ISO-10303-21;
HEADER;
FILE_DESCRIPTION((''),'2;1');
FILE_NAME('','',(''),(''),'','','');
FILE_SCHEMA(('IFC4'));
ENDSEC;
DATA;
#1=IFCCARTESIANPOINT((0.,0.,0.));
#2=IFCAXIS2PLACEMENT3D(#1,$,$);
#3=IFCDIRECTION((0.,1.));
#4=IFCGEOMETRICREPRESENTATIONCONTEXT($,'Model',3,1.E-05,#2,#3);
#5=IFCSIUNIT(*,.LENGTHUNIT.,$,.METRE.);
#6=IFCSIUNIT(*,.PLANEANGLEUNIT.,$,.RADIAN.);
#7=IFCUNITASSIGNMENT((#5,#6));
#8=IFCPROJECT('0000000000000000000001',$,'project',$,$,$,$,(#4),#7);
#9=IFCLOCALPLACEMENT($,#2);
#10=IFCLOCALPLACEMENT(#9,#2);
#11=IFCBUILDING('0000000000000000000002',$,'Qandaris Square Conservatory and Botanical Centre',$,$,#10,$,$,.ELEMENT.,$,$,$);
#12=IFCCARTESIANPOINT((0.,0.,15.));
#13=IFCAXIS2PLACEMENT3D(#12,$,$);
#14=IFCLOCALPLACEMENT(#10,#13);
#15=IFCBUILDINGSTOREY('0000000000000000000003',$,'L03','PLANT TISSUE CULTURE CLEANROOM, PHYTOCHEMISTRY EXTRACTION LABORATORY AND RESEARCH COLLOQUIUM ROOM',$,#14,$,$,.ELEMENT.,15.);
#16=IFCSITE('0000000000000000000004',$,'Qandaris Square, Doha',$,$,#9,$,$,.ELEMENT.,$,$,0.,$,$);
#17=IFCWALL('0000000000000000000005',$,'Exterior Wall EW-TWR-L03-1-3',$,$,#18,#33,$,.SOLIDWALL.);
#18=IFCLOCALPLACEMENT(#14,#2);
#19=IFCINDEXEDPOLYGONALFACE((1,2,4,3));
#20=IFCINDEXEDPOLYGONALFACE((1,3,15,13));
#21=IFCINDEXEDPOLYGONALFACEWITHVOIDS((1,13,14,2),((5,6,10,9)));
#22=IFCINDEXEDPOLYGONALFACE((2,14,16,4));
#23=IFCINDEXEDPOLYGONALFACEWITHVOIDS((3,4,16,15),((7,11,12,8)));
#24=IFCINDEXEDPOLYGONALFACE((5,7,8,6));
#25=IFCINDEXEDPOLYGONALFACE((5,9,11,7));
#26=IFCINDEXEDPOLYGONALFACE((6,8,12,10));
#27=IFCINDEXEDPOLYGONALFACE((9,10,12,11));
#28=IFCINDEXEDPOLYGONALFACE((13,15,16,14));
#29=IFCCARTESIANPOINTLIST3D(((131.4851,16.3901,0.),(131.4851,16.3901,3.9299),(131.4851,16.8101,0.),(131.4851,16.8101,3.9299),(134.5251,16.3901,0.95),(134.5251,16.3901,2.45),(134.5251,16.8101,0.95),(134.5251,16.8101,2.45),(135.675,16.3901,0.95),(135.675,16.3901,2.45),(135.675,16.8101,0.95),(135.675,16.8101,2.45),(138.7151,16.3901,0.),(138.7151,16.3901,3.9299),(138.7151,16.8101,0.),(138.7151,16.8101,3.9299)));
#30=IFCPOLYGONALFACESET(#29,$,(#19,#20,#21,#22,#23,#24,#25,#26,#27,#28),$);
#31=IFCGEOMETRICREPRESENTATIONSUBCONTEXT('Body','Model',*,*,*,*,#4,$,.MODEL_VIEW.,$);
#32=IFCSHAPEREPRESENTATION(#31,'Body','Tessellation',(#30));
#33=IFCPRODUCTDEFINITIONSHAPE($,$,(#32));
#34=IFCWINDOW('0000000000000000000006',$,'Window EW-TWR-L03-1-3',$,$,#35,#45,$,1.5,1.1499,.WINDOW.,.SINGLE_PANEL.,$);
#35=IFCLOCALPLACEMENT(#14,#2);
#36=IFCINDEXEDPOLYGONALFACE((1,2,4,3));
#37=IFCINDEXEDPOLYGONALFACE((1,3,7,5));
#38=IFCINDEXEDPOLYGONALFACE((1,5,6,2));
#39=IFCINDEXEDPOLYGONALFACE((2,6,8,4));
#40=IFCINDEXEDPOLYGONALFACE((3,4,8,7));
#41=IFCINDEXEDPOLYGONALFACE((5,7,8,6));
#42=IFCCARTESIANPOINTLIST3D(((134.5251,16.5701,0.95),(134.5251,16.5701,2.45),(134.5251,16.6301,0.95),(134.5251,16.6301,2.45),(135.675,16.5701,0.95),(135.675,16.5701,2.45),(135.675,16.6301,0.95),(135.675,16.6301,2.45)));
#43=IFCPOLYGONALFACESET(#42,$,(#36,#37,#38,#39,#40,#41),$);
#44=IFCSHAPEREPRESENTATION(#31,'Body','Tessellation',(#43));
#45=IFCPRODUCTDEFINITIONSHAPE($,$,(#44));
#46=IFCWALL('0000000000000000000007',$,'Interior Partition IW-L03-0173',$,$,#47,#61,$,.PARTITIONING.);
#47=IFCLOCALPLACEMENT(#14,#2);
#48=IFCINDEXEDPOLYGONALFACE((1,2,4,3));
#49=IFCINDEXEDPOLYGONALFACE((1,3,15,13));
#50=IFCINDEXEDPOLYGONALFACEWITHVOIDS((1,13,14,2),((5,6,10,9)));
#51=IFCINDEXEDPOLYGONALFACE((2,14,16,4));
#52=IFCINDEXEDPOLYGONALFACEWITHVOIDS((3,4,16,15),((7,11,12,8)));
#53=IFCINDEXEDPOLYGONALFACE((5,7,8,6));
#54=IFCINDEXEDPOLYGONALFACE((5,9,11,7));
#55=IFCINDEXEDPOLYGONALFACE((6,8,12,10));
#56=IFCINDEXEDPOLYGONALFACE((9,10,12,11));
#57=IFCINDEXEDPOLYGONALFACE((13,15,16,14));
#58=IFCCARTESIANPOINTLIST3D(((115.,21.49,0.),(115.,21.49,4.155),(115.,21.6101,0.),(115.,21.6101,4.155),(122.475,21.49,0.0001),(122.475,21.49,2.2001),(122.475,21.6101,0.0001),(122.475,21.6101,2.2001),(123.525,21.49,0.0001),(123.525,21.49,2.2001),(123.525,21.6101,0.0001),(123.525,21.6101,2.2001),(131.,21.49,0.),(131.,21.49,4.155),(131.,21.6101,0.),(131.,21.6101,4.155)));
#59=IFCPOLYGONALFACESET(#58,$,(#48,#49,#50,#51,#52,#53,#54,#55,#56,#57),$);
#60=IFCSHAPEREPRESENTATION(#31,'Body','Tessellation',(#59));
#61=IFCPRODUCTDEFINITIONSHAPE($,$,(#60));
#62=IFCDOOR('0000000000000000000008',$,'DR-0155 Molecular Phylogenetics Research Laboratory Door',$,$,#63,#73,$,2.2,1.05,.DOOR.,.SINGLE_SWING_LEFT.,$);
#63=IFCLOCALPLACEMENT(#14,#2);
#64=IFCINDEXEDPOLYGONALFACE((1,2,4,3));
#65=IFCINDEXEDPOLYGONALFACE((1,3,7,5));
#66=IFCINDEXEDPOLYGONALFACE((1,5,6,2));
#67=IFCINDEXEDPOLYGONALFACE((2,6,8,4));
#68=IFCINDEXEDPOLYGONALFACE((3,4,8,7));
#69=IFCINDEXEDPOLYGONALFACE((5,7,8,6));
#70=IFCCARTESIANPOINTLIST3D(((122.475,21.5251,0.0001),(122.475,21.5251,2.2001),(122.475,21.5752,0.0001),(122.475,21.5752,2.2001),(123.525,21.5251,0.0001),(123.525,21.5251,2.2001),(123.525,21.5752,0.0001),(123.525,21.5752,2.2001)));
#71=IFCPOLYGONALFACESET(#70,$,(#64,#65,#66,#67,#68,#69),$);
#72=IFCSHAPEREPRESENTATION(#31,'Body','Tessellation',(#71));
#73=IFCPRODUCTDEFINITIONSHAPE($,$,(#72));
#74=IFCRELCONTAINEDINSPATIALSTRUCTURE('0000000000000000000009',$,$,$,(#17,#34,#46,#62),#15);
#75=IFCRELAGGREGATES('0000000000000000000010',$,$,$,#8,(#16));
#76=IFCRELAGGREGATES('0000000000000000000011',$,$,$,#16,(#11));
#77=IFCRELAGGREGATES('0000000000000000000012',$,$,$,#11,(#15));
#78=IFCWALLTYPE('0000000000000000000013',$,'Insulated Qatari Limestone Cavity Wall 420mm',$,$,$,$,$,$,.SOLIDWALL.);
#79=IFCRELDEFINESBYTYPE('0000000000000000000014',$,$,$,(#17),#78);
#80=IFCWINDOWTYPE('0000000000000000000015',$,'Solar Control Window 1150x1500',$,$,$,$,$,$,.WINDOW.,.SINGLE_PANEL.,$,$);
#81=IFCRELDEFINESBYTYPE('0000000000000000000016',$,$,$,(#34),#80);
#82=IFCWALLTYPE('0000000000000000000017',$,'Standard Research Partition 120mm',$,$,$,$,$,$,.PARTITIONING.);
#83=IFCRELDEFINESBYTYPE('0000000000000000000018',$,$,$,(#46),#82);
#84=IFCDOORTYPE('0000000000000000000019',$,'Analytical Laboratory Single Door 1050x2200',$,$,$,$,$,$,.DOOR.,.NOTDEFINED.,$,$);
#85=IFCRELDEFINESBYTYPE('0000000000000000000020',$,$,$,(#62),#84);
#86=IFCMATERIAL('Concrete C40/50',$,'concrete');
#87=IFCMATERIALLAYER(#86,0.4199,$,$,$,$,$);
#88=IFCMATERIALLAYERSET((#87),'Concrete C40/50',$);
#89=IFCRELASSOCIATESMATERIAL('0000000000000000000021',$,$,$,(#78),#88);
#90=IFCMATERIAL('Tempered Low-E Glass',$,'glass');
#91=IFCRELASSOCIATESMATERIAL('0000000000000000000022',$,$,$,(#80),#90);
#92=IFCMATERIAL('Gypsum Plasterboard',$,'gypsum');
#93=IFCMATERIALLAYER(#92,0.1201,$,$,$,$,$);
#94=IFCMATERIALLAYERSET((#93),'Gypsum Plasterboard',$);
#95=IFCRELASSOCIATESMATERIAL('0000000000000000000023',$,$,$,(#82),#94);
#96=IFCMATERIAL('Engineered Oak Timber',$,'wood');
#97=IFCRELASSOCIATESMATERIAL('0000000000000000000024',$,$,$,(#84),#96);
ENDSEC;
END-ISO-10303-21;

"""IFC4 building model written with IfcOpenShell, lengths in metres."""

from ifc_helpers import new_model, si_unit, direction, frame, frame_2d, origin, place, context, subcontext, project, spatial, rectangle, extrude, material, layer, layer_set, type_object, element, fill, save


model = new_model("IFC4")

# Units and contexts
model_context = context("Model", 3, precision=1e-05, world=origin(), true_north=direction((0.0, 1.0)))
body_context = subcontext(model_context, "Body", "Model", "MODEL_VIEW")
ifc_project = project(units=[si_unit("LENGTHUNIT", "METRE"), si_unit("PLANEANGLEUNIT", "RADIAN")], contexts=[model_context])

# Site, building, storey
site_placement = place(None, origin())
site = spatial("IfcSite", under=ifc_project, at=site_placement, Name="Qandaris Square, Doha", CompositionType="ELEMENT", RefElevation=0.0)
building_placement = place(site_placement, origin())
building = spatial("IfcBuilding", under=site, at=building_placement, Name="Qandaris Square Conservatory and Botanical Centre", CompositionType="ELEMENT")
storey_placement = place(building_placement, frame((0.0, 0.0, 15.0)))
storey = spatial("IfcBuildingStorey", under=building, at=storey_placement, Name="L03", Description="PLANT TISSUE CULTURE CLEANROOM, PHYTOCHEMISTRY EXTRACTION LABORATORY AND RESEARCH COLLOQUIUM ROOM", CompositionType="ELEMENT", Elevation=15.0)

# Shared definitions
ifc_material_1 = material(Name="Gypsum Plasterboard", Category="gypsum")

# Wall, opening, window
ifc_material_2 = material(Name="Concrete C40/50", Category="concrete")
ifc_layer_1 = layer(ifc_material_2, 0.4199)
ifc_layer_set_1 = layer_set([ifc_layer_1], Name="Concrete C40/50")
wall_type_1 = type_object("IfcWallType", Name="Insulated Qatari Limestone Cavity Wall 420mm", PredefinedType="SOLIDWALL", material=ifc_layer_set_1)
wall_1_placement = place(storey_placement, frame((131.4851, 16.6001, 0.0), z_axis=(0.0, 0.0, 1.0), x_axis=(1.0, 0.0, 0.0)))
wall_1 = element("IfcWall", 1, at=wall_1_placement, inside=storey, type_object=wall_type_1, Name="Exterior Wall EW-TWR-L03-1-3", PredefinedType="SOLIDWALL", context=body_context, shape_type="SweptSolid", body=[
    extrude(rectangle(XDim=7.23, YDim=0.4199, at=frame_2d((3.615, 0.0))), origin(), (0.0, 0.0, 1.0), 3.9299),
])
opening_1_placement = place(wall_1_placement, frame((3.04, 0.0, 0.95)))
opening_1 = element("IfcOpeningElement", 2, at=opening_1_placement, cuts=wall_1, PredefinedType="OPENING", context=body_context, shape_type="SweptSolid", body=[
    extrude(rectangle(XDim=1.1499, YDim=1.5, at=frame_2d((0.575, 0.75))), frame((0.0, 0.2219, 0.0), z_axis=(0.0, -1.0, 0.0), x_axis=(1.0, 0.0, 0.0)), (0.0, 0.0, 1.0), 0.4438),
])
ifc_material_3 = material(Name="Tempered Low-E Glass", Category="glass")
window_type = type_object("IfcWindowType", Name="Solar Control Window 1150x1500", PartitioningType="SINGLE_PANEL", PredefinedType="WINDOW", material=ifc_material_3)
window_placement = place(opening_1_placement, origin())
window = element("IfcWindow", 3, at=window_placement, inside=storey, type_object=window_type, Name="Window EW-TWR-L03-1-3", OverallHeight=1.5, OverallWidth=1.1499, PartitioningType="SINGLE_PANEL", PredefinedType="WINDOW", context=body_context, shape_type="SweptSolid", body=[
    extrude(rectangle(XDim=1.1499, YDim=1.5, at=frame_2d((0.575, 0.75))), frame((0.0, 0.03, 0.0), z_axis=(0.0, -1.0, 0.0), x_axis=(1.0, 0.0, 0.0)), (0.0, 0.0, 1.0), 0.0601),
])
fill(opening_1, window)

# Wall, opening, door
ifc_layer_2 = layer(ifc_material_1, 0.1201)
ifc_layer_set_2 = layer_set([ifc_layer_2], Name="Gypsum Plasterboard")
wall_type_2 = type_object("IfcWallType", Name="Standard Research Partition 120mm", PredefinedType="PARTITIONING", material=ifc_layer_set_2)
wall_2_placement = place(storey_placement, frame((131.0, 21.55, 0.0), z_axis=(0.0, 0.0, 1.0), x_axis=(-1.0, 0.0, 0.0)))
wall_2 = element("IfcWall", 4, at=wall_2_placement, inside=storey, type_object=wall_type_2, Name="Interior Partition IW-L03-0173", PredefinedType="PARTITIONING", context=body_context, shape_type="SweptSolid", body=[
    extrude(rectangle(XDim=16.0, YDim=0.1201, at=frame_2d((8.0, 0.0))), origin(), (0.0, 0.0, 1.0), 4.155),
])
opening_2_placement = place(wall_2_placement, frame((7.4751, 0.0, 0.0)))
opening_2 = element("IfcOpeningElement", 5, at=opening_2_placement, cuts=wall_2, PredefinedType="OPENING", context=body_context, shape_type="SweptSolid", body=[
    extrude(rectangle(XDim=1.05, YDim=2.2, at=frame_2d((0.5249, 1.1001))), frame((0.0, 0.072, 0.0), z_axis=(0.0, -1.0, 0.0), x_axis=(1.0, 0.0, 0.0)), (0.0, 0.0, 1.0), 0.144),
])
ifc_material_4 = material(Name="Engineered Oak Timber", Category="wood")
door_type = type_object("IfcDoorType", Name="Analytical Laboratory Single Door 1050x2200", OperationType="NOTDEFINED", PredefinedType="DOOR", material=ifc_material_4)
door_placement = place(opening_2_placement, origin())
door = element("IfcDoor", 6, at=door_placement, inside=storey, type_object=door_type, Name="DR-0155 Molecular Phylogenetics Research Laboratory Door", OperationType="SINGLE_SWING_LEFT", OverallHeight=2.2, OverallWidth=1.05, PredefinedType="DOOR", context=body_context, shape_type="SweptSolid", body=[
    extrude(rectangle(XDim=1.05, YDim=2.2, at=frame_2d((0.5249, 1.1001))), frame((0.0, 0.0249, 0.0), z_axis=(0.0, -1.0, 0.0), x_axis=(1.0, 0.0, 0.0)), (0.0, 0.0, 1.0), 0.05),
])
fill(opening_2, door)

save(model, "model.ifc")
